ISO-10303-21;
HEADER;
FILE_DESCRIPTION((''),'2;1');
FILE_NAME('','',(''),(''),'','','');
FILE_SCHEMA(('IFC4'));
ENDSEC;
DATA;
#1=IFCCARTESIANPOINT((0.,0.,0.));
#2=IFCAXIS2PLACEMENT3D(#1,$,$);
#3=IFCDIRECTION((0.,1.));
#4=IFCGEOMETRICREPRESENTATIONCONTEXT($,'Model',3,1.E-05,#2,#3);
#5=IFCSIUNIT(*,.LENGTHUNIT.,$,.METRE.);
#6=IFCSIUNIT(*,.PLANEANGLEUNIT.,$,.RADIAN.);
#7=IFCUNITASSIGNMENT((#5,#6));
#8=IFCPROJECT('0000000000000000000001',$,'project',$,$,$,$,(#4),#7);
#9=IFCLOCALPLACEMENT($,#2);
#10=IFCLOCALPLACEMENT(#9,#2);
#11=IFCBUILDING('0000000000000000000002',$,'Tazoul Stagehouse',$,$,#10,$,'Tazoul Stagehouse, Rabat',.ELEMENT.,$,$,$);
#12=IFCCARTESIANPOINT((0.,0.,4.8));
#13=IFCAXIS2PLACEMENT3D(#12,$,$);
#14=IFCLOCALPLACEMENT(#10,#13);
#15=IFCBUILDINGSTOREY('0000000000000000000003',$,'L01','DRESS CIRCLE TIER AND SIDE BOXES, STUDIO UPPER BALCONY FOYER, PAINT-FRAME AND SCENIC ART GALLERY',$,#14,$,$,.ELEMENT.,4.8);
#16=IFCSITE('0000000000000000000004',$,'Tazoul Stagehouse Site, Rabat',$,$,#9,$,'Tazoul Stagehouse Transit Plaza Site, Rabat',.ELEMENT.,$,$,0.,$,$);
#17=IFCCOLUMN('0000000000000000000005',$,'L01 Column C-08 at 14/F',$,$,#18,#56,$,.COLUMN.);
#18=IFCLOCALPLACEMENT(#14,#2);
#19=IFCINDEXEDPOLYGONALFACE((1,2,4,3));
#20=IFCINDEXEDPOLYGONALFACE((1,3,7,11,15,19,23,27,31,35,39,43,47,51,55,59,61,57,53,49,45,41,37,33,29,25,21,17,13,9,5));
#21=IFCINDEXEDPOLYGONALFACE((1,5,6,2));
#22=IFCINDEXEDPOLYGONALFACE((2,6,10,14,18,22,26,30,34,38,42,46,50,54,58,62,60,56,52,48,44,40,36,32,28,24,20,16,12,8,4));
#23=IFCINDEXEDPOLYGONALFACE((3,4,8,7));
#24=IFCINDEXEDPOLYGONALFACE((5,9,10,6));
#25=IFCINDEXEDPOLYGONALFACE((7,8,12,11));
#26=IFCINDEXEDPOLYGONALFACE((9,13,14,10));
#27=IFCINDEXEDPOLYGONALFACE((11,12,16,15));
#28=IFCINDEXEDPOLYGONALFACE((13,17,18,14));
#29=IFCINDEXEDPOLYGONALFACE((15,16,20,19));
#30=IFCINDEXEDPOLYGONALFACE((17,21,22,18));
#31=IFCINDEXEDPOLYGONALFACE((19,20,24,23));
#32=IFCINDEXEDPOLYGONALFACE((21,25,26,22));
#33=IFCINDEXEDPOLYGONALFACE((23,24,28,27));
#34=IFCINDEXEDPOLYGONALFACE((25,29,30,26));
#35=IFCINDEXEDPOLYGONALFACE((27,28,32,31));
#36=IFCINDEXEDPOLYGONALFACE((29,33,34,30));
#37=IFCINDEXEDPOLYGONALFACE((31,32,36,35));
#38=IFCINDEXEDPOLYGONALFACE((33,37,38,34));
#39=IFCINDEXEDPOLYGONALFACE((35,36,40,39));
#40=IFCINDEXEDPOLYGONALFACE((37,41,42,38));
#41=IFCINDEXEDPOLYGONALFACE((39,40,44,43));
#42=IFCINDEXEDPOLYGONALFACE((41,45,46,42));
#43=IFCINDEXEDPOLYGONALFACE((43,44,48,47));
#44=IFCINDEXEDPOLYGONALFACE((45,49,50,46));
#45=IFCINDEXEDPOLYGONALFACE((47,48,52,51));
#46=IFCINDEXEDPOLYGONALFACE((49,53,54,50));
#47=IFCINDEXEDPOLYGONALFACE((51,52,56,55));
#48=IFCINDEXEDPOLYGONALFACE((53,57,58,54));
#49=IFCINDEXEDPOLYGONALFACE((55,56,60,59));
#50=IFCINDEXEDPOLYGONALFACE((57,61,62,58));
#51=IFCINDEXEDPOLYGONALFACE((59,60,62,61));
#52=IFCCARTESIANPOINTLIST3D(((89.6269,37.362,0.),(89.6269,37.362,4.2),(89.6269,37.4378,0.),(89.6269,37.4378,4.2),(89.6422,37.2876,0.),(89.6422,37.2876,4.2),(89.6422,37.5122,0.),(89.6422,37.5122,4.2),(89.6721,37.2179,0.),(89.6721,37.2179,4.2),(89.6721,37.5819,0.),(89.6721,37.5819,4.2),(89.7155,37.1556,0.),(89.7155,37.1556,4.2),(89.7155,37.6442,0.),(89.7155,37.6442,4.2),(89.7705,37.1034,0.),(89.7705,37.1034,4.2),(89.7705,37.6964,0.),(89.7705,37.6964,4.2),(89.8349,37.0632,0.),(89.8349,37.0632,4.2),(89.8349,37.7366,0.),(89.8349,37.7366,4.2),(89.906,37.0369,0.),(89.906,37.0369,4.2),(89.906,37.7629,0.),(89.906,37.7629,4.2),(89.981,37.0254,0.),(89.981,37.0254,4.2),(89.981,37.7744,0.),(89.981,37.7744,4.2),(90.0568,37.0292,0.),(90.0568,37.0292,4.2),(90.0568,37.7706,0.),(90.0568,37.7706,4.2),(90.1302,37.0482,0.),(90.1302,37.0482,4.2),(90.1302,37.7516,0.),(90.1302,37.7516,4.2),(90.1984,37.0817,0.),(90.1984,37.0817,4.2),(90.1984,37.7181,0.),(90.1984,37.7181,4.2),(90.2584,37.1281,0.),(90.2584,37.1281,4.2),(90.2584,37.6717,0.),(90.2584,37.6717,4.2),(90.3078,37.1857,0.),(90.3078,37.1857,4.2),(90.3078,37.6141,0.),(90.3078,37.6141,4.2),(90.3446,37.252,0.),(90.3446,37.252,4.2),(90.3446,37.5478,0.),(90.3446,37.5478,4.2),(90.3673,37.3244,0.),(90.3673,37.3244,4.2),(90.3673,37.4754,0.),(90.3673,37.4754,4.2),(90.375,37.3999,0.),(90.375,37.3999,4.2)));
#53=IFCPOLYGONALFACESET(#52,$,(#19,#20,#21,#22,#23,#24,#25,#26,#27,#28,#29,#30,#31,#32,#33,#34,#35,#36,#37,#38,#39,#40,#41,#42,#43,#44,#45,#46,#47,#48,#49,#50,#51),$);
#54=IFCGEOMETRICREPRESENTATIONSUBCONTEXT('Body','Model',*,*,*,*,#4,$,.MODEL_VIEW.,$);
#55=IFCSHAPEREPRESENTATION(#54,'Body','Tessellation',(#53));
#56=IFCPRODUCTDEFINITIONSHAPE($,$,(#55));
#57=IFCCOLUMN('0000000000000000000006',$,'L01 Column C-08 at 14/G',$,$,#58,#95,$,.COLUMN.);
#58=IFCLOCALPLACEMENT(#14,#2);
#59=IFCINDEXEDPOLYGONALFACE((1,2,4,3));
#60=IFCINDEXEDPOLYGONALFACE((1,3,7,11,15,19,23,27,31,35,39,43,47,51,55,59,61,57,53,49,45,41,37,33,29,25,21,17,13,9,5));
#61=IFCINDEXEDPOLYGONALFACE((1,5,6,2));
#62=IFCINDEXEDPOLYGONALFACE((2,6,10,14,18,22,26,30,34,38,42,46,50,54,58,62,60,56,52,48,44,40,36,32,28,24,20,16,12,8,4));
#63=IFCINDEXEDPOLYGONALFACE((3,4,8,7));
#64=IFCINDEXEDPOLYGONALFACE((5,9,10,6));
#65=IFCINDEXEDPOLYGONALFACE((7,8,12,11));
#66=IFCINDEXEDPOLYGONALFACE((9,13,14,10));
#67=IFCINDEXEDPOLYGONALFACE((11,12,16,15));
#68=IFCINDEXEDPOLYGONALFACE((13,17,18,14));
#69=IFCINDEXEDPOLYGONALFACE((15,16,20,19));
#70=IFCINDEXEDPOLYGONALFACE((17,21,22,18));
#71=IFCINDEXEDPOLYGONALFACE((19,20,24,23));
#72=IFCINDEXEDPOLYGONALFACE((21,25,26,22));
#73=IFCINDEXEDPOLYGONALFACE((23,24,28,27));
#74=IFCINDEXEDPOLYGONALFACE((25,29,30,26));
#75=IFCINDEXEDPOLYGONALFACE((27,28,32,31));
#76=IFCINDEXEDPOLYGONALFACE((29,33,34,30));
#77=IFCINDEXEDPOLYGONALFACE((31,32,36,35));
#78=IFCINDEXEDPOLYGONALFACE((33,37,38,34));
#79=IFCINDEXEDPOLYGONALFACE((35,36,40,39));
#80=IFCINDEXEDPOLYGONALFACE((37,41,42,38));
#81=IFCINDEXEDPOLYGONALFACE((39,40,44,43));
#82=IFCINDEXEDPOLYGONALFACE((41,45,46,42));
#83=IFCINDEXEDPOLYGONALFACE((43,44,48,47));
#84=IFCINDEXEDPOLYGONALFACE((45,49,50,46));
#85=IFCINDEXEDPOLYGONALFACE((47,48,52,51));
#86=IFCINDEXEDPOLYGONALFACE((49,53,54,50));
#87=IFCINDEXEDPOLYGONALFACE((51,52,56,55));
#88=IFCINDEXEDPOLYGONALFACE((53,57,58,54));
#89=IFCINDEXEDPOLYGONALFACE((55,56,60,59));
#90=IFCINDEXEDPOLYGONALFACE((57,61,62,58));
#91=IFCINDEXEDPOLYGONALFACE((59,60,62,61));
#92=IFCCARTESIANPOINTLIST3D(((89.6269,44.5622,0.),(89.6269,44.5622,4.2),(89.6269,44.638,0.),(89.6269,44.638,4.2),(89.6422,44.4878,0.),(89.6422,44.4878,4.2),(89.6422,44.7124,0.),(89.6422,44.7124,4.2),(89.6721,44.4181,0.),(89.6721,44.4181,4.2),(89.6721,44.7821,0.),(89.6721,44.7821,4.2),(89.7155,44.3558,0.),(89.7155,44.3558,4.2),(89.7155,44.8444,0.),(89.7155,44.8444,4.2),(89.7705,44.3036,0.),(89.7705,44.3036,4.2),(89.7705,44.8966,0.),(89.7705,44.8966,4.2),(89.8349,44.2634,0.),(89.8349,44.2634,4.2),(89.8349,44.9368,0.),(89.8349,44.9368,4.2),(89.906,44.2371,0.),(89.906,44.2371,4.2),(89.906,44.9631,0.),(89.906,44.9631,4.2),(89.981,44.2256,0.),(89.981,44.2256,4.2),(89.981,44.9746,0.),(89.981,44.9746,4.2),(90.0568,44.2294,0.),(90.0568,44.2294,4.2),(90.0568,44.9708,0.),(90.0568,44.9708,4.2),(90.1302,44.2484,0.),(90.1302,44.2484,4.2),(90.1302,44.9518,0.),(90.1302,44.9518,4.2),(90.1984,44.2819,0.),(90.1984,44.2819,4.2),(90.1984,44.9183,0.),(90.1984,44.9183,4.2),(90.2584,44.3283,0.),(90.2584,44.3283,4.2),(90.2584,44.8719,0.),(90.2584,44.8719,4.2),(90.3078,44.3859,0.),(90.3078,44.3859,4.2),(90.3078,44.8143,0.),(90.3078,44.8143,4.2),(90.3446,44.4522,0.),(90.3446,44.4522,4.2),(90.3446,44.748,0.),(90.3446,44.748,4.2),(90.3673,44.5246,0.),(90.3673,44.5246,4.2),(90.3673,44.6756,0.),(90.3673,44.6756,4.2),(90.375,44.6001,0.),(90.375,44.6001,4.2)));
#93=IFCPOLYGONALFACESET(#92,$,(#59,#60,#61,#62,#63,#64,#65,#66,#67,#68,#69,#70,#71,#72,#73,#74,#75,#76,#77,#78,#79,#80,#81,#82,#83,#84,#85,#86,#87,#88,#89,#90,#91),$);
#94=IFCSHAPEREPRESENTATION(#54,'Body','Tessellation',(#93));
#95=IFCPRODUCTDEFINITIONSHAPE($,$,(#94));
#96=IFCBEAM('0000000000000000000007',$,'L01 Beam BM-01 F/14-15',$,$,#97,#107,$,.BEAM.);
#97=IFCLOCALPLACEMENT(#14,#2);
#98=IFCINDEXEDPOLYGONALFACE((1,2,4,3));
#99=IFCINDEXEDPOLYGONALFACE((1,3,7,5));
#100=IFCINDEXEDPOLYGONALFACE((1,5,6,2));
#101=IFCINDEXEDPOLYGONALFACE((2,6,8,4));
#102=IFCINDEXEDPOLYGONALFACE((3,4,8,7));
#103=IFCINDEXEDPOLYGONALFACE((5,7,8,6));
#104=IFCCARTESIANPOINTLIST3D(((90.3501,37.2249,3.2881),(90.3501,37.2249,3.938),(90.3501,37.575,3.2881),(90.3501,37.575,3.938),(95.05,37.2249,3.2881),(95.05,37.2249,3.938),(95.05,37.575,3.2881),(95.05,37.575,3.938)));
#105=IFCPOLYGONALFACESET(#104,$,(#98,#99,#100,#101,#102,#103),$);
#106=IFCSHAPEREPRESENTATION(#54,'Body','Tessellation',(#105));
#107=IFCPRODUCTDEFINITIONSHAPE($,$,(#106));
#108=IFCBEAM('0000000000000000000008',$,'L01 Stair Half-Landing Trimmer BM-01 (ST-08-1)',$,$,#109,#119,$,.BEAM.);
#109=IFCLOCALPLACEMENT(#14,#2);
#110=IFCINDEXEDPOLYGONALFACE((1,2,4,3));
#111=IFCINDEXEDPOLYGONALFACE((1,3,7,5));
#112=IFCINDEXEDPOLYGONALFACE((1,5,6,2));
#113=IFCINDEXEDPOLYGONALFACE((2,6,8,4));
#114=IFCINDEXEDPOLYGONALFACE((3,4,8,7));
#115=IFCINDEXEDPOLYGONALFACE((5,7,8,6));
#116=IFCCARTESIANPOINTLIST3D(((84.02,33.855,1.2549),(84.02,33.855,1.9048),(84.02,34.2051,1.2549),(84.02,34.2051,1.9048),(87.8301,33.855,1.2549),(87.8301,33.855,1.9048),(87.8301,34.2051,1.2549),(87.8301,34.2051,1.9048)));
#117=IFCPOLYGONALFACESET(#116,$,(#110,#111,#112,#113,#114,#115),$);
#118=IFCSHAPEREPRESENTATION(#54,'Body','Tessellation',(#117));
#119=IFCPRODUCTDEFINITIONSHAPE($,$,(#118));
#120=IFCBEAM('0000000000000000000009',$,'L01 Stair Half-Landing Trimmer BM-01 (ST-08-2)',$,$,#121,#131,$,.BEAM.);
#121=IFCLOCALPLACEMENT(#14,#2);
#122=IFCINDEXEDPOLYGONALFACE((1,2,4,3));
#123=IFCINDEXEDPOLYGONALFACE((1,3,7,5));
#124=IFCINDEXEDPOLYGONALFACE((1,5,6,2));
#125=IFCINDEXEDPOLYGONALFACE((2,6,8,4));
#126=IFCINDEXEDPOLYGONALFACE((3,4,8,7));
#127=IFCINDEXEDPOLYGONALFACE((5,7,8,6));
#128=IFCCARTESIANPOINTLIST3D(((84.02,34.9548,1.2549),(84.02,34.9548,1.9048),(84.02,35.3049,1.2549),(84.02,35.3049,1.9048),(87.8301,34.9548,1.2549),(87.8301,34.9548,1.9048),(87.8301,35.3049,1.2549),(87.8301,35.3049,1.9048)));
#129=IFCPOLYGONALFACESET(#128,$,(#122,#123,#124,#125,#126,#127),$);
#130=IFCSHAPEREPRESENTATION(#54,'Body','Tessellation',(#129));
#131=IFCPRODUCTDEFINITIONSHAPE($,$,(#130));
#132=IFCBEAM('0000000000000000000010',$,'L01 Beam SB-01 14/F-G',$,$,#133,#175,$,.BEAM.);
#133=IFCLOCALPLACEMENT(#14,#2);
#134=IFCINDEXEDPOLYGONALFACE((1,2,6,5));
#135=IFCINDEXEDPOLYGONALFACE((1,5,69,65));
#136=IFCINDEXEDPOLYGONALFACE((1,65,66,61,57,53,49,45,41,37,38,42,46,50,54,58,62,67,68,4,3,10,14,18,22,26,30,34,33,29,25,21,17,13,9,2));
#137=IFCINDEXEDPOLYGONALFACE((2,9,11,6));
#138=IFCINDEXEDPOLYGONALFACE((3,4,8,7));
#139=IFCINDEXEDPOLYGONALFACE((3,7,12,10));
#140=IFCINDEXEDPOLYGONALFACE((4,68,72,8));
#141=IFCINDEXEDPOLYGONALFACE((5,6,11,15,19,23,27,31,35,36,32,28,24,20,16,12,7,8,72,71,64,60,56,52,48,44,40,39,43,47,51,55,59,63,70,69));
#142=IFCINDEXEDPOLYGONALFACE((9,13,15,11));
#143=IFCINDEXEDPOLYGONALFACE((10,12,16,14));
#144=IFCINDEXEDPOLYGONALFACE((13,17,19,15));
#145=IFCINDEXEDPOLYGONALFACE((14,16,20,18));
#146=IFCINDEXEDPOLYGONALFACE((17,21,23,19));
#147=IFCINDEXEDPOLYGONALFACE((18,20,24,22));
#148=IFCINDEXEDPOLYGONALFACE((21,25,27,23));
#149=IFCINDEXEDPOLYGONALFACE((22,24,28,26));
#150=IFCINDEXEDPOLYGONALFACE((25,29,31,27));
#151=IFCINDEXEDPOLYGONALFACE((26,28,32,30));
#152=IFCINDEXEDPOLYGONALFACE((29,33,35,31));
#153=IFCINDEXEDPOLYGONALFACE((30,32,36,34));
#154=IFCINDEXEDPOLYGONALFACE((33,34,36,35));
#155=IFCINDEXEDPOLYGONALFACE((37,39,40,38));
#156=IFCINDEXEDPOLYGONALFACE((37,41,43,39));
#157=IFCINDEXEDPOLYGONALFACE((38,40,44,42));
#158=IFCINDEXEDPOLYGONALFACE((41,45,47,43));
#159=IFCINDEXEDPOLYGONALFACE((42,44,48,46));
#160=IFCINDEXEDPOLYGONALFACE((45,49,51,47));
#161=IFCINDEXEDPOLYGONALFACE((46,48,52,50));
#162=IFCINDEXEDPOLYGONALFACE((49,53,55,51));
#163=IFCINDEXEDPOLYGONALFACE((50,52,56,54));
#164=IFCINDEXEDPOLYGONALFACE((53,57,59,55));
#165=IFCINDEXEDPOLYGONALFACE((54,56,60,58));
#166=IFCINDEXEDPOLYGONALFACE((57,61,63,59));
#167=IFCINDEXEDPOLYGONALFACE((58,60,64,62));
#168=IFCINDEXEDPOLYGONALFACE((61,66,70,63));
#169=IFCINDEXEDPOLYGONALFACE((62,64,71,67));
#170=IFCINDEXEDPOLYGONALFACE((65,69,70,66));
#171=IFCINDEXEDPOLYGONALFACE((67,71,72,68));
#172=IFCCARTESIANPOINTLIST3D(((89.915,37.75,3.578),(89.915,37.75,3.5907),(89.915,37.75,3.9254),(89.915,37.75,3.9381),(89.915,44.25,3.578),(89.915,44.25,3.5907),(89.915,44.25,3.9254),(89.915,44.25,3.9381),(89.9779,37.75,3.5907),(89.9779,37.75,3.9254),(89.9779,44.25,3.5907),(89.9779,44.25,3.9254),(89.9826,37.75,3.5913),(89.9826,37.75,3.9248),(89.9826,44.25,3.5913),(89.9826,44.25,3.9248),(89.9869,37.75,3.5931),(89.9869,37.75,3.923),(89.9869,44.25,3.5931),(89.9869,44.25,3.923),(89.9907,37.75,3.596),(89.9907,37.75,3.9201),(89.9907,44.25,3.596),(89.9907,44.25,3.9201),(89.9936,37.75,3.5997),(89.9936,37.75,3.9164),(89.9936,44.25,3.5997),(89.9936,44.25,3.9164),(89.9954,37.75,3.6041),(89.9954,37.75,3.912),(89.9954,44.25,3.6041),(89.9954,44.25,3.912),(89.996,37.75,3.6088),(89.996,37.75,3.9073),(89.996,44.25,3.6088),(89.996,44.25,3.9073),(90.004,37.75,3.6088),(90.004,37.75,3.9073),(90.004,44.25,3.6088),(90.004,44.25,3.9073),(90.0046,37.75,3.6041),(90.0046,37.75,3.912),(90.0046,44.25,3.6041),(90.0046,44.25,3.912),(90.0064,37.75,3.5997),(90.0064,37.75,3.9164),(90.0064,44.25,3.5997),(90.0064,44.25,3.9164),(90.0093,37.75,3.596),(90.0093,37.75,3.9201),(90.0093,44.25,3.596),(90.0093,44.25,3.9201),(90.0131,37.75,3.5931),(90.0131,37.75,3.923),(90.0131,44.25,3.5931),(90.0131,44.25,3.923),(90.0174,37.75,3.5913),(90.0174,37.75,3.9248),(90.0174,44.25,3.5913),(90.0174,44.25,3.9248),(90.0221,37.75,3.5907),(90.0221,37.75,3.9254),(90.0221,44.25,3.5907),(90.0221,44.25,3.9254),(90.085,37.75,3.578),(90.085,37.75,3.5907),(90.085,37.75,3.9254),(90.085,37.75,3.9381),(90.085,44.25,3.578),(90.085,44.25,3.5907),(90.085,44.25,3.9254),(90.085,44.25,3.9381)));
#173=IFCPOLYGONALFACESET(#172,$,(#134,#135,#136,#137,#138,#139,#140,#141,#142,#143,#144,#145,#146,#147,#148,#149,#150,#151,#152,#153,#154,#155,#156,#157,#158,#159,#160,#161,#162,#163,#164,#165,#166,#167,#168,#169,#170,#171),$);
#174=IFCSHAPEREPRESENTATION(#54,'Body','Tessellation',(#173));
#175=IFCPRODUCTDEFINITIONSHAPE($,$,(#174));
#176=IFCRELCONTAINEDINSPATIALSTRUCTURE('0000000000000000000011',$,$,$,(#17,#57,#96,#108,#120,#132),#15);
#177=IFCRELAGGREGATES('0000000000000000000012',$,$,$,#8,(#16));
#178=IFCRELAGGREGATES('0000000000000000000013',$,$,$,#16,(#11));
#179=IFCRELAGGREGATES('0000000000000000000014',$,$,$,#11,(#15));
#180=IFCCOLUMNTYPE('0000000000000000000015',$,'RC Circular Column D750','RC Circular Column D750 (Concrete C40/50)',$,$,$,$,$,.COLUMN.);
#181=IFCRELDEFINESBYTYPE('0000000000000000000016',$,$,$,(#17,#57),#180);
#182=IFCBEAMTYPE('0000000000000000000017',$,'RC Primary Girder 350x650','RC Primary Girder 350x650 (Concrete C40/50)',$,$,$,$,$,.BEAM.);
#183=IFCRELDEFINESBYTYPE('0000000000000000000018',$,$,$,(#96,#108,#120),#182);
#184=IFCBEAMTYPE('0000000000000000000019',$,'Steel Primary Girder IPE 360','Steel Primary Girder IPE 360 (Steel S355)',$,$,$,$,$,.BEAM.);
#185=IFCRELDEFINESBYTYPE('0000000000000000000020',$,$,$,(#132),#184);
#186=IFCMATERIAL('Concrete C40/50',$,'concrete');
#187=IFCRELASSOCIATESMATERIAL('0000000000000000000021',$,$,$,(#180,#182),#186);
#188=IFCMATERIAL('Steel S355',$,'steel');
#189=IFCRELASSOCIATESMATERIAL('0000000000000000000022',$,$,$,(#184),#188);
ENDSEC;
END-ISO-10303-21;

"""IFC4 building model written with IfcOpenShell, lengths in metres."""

from ifc_helpers import new_model, si_unit, direction, frame, origin, origin_2d, place, context, subcontext, project, spatial, rectangle, circle, i_section, extrude, material, material_profile, profile_set, type_object, element, save


model = new_model("IFC4")

# Units and contexts
model_context = context("Model", 3, precision=1e-05, world=origin(), true_north=direction((0.0, 1.0)))
body_context = subcontext(model_context, "Body", "Model", "MODEL_VIEW")
ifc_project = project(units=[si_unit("LENGTHUNIT", "METRE"), si_unit("PLANEANGLEUNIT", "RADIAN")], contexts=[model_context])

# Site, building, storey
site_placement = place(None, origin())
site = spatial("IfcSite", under=ifc_project, at=site_placement, Name="Tazoul Stagehouse Site, Rabat", LongName="Tazoul Stagehouse Transit Plaza Site, Rabat", CompositionType="ELEMENT", RefElevation=0.0)
building_placement = place(site_placement, origin())
building = spatial("IfcBuilding", under=site, at=building_placement, Name="Tazoul Stagehouse", LongName="Tazoul Stagehouse, Rabat", CompositionType="ELEMENT")
storey_placement = place(building_placement, frame((0.0, 0.0, 4.8)))
storey = spatial("IfcBuildingStorey", under=building, at=storey_placement, Name="L01", Description="DRESS CIRCLE TIER AND SIDE BOXES, STUDIO UPPER BALCONY FOYER, PAINT-FRAME AND SCENIC ART GALLERY", CompositionType="ELEMENT", Elevation=4.8)

# Columns
ifc_material_1 = material(Name="Concrete C40/50", Category="concrete")
ifc_material_profile_1 = material_profile(ifc_material_1, circle(Radius=0.375, at=origin_2d()), Name="RC D750")
ifc_profile_set_1 = profile_set([ifc_material_profile_1], Name="Concrete C40/50")
column_type = type_object("IfcColumnType", Name="RC Circular Column D750", Description="RC Circular Column D750 (Concrete C40/50)", PredefinedType="COLUMN", material=ifc_profile_set_1)
for number, where, z_axis, x_axis, name in (
    (1, (90.0, 37.3999, 0.0), (0.0, 0.0, 1.0), (1.0, 0.0, 0.0), "L01 Column C-08 at 14/F"),
    (2, (90.0, 44.6001, 0.0), (0.0, 0.0, 1.0), (1.0, 0.0, 0.0), "L01 Column C-08 at 14/G"),
):
    element("IfcColumn", number, at=place(storey_placement, frame(where, z_axis=z_axis, x_axis=x_axis)), inside=storey, type_object=column_type, Name=name, PredefinedType="COLUMN", context=body_context, shape_type="SweptSolid", body=[
        extrude(circle(Radius=0.375, at=origin_2d()), origin(), (0.0, 0.0, 1.0), 4.2),
    ])

# Beams
ifc_material_profile_2 = material_profile(ifc_material_1, rectangle(XDim=0.3501, YDim=0.6499, at=origin_2d()), Name="RC 350x650")
ifc_profile_set_2 = profile_set([ifc_material_profile_2], Name="Concrete C40/50")
beam_type_1 = type_object("IfcBeamType", Name="RC Primary Girder 350x650", Description="RC Primary Girder 350x650 (Concrete C40/50)", PredefinedType="BEAM", material=ifc_profile_set_2)
beam_1_placement = place(storey_placement, frame((90.3501, 37.3999, 3.613), z_axis=(1.0, 0.0, 0.0), x_axis=(0.0, 1.0, 0.0)))
element("IfcBeam", 3, at=beam_1_placement, inside=storey, type_object=beam_type_1, Name="L01 Beam BM-01 F/14-15", PredefinedType="BEAM", context=body_context, shape_type="SweptSolid", body=[
    extrude(rectangle(XDim=0.3501, YDim=0.6499, at=origin_2d()), origin(), (0.0, 0.0, 1.0), 4.7),
])
for number, where, z_axis, x_axis, name in (
    (4, (84.02, 34.03, 1.5798), (1.0, 0.0, 0.0), (0.0, 1.0, 0.0), "L01 Stair Half-Landing Trimmer BM-01 (ST-08-1)"),
    (5, (84.02, 35.1299, 1.5798), (1.0, 0.0, 0.0), (0.0, 1.0, 0.0), "L01 Stair Half-Landing Trimmer BM-01 (ST-08-2)"),
):
    element("IfcBeam", number, at=place(storey_placement, frame(where, z_axis=z_axis, x_axis=x_axis)), inside=storey, type_object=beam_type_1, Name=name, PredefinedType="BEAM", context=body_context, shape_type="SweptSolid", body=[
        extrude(rectangle(XDim=0.3501, YDim=0.6499, at=origin_2d()), origin(), (0.0, 0.0, 1.0), 3.8101),
    ])
ifc_material_2 = material(Name="Steel S355", Category="steel")
ifc_material_profile_3 = material_profile(ifc_material_2, i_section(OverallWidth=0.1699, OverallDepth=0.3601, WebThickness=0.0081, FlangeThickness=0.0127, FilletRadius=0.0181, at=origin_2d()), Name="IPE 360")
ifc_profile_set_3 = profile_set([ifc_material_profile_3], Name="Steel S355")
beam_type_2 = type_object("IfcBeamType", Name="Steel Primary Girder IPE 360", Description="Steel Primary Girder IPE 360 (Steel S355)", PredefinedType="BEAM", material=ifc_profile_set_3)
beam_2_placement = place(storey_placement, frame((90.0, 37.75, 3.7581), z_axis=(0.0, 1.0, 0.0), x_axis=(-1.0, 0.0, 0.0)))
element("IfcBeam", 6, at=beam_2_placement, inside=storey, type_object=beam_type_2, Name="L01 Beam SB-01 14/F-G", PredefinedType="BEAM", context=body_context, shape_type="SweptSolid", body=[
    extrude(i_section(OverallWidth=0.1699, OverallDepth=0.3601, WebThickness=0.0081, FlangeThickness=0.0127, FilletRadius=0.0181, at=origin_2d()), origin(), (0.0, 0.0, 1.0), 6.5),
])

save(model, "model.ifc")
